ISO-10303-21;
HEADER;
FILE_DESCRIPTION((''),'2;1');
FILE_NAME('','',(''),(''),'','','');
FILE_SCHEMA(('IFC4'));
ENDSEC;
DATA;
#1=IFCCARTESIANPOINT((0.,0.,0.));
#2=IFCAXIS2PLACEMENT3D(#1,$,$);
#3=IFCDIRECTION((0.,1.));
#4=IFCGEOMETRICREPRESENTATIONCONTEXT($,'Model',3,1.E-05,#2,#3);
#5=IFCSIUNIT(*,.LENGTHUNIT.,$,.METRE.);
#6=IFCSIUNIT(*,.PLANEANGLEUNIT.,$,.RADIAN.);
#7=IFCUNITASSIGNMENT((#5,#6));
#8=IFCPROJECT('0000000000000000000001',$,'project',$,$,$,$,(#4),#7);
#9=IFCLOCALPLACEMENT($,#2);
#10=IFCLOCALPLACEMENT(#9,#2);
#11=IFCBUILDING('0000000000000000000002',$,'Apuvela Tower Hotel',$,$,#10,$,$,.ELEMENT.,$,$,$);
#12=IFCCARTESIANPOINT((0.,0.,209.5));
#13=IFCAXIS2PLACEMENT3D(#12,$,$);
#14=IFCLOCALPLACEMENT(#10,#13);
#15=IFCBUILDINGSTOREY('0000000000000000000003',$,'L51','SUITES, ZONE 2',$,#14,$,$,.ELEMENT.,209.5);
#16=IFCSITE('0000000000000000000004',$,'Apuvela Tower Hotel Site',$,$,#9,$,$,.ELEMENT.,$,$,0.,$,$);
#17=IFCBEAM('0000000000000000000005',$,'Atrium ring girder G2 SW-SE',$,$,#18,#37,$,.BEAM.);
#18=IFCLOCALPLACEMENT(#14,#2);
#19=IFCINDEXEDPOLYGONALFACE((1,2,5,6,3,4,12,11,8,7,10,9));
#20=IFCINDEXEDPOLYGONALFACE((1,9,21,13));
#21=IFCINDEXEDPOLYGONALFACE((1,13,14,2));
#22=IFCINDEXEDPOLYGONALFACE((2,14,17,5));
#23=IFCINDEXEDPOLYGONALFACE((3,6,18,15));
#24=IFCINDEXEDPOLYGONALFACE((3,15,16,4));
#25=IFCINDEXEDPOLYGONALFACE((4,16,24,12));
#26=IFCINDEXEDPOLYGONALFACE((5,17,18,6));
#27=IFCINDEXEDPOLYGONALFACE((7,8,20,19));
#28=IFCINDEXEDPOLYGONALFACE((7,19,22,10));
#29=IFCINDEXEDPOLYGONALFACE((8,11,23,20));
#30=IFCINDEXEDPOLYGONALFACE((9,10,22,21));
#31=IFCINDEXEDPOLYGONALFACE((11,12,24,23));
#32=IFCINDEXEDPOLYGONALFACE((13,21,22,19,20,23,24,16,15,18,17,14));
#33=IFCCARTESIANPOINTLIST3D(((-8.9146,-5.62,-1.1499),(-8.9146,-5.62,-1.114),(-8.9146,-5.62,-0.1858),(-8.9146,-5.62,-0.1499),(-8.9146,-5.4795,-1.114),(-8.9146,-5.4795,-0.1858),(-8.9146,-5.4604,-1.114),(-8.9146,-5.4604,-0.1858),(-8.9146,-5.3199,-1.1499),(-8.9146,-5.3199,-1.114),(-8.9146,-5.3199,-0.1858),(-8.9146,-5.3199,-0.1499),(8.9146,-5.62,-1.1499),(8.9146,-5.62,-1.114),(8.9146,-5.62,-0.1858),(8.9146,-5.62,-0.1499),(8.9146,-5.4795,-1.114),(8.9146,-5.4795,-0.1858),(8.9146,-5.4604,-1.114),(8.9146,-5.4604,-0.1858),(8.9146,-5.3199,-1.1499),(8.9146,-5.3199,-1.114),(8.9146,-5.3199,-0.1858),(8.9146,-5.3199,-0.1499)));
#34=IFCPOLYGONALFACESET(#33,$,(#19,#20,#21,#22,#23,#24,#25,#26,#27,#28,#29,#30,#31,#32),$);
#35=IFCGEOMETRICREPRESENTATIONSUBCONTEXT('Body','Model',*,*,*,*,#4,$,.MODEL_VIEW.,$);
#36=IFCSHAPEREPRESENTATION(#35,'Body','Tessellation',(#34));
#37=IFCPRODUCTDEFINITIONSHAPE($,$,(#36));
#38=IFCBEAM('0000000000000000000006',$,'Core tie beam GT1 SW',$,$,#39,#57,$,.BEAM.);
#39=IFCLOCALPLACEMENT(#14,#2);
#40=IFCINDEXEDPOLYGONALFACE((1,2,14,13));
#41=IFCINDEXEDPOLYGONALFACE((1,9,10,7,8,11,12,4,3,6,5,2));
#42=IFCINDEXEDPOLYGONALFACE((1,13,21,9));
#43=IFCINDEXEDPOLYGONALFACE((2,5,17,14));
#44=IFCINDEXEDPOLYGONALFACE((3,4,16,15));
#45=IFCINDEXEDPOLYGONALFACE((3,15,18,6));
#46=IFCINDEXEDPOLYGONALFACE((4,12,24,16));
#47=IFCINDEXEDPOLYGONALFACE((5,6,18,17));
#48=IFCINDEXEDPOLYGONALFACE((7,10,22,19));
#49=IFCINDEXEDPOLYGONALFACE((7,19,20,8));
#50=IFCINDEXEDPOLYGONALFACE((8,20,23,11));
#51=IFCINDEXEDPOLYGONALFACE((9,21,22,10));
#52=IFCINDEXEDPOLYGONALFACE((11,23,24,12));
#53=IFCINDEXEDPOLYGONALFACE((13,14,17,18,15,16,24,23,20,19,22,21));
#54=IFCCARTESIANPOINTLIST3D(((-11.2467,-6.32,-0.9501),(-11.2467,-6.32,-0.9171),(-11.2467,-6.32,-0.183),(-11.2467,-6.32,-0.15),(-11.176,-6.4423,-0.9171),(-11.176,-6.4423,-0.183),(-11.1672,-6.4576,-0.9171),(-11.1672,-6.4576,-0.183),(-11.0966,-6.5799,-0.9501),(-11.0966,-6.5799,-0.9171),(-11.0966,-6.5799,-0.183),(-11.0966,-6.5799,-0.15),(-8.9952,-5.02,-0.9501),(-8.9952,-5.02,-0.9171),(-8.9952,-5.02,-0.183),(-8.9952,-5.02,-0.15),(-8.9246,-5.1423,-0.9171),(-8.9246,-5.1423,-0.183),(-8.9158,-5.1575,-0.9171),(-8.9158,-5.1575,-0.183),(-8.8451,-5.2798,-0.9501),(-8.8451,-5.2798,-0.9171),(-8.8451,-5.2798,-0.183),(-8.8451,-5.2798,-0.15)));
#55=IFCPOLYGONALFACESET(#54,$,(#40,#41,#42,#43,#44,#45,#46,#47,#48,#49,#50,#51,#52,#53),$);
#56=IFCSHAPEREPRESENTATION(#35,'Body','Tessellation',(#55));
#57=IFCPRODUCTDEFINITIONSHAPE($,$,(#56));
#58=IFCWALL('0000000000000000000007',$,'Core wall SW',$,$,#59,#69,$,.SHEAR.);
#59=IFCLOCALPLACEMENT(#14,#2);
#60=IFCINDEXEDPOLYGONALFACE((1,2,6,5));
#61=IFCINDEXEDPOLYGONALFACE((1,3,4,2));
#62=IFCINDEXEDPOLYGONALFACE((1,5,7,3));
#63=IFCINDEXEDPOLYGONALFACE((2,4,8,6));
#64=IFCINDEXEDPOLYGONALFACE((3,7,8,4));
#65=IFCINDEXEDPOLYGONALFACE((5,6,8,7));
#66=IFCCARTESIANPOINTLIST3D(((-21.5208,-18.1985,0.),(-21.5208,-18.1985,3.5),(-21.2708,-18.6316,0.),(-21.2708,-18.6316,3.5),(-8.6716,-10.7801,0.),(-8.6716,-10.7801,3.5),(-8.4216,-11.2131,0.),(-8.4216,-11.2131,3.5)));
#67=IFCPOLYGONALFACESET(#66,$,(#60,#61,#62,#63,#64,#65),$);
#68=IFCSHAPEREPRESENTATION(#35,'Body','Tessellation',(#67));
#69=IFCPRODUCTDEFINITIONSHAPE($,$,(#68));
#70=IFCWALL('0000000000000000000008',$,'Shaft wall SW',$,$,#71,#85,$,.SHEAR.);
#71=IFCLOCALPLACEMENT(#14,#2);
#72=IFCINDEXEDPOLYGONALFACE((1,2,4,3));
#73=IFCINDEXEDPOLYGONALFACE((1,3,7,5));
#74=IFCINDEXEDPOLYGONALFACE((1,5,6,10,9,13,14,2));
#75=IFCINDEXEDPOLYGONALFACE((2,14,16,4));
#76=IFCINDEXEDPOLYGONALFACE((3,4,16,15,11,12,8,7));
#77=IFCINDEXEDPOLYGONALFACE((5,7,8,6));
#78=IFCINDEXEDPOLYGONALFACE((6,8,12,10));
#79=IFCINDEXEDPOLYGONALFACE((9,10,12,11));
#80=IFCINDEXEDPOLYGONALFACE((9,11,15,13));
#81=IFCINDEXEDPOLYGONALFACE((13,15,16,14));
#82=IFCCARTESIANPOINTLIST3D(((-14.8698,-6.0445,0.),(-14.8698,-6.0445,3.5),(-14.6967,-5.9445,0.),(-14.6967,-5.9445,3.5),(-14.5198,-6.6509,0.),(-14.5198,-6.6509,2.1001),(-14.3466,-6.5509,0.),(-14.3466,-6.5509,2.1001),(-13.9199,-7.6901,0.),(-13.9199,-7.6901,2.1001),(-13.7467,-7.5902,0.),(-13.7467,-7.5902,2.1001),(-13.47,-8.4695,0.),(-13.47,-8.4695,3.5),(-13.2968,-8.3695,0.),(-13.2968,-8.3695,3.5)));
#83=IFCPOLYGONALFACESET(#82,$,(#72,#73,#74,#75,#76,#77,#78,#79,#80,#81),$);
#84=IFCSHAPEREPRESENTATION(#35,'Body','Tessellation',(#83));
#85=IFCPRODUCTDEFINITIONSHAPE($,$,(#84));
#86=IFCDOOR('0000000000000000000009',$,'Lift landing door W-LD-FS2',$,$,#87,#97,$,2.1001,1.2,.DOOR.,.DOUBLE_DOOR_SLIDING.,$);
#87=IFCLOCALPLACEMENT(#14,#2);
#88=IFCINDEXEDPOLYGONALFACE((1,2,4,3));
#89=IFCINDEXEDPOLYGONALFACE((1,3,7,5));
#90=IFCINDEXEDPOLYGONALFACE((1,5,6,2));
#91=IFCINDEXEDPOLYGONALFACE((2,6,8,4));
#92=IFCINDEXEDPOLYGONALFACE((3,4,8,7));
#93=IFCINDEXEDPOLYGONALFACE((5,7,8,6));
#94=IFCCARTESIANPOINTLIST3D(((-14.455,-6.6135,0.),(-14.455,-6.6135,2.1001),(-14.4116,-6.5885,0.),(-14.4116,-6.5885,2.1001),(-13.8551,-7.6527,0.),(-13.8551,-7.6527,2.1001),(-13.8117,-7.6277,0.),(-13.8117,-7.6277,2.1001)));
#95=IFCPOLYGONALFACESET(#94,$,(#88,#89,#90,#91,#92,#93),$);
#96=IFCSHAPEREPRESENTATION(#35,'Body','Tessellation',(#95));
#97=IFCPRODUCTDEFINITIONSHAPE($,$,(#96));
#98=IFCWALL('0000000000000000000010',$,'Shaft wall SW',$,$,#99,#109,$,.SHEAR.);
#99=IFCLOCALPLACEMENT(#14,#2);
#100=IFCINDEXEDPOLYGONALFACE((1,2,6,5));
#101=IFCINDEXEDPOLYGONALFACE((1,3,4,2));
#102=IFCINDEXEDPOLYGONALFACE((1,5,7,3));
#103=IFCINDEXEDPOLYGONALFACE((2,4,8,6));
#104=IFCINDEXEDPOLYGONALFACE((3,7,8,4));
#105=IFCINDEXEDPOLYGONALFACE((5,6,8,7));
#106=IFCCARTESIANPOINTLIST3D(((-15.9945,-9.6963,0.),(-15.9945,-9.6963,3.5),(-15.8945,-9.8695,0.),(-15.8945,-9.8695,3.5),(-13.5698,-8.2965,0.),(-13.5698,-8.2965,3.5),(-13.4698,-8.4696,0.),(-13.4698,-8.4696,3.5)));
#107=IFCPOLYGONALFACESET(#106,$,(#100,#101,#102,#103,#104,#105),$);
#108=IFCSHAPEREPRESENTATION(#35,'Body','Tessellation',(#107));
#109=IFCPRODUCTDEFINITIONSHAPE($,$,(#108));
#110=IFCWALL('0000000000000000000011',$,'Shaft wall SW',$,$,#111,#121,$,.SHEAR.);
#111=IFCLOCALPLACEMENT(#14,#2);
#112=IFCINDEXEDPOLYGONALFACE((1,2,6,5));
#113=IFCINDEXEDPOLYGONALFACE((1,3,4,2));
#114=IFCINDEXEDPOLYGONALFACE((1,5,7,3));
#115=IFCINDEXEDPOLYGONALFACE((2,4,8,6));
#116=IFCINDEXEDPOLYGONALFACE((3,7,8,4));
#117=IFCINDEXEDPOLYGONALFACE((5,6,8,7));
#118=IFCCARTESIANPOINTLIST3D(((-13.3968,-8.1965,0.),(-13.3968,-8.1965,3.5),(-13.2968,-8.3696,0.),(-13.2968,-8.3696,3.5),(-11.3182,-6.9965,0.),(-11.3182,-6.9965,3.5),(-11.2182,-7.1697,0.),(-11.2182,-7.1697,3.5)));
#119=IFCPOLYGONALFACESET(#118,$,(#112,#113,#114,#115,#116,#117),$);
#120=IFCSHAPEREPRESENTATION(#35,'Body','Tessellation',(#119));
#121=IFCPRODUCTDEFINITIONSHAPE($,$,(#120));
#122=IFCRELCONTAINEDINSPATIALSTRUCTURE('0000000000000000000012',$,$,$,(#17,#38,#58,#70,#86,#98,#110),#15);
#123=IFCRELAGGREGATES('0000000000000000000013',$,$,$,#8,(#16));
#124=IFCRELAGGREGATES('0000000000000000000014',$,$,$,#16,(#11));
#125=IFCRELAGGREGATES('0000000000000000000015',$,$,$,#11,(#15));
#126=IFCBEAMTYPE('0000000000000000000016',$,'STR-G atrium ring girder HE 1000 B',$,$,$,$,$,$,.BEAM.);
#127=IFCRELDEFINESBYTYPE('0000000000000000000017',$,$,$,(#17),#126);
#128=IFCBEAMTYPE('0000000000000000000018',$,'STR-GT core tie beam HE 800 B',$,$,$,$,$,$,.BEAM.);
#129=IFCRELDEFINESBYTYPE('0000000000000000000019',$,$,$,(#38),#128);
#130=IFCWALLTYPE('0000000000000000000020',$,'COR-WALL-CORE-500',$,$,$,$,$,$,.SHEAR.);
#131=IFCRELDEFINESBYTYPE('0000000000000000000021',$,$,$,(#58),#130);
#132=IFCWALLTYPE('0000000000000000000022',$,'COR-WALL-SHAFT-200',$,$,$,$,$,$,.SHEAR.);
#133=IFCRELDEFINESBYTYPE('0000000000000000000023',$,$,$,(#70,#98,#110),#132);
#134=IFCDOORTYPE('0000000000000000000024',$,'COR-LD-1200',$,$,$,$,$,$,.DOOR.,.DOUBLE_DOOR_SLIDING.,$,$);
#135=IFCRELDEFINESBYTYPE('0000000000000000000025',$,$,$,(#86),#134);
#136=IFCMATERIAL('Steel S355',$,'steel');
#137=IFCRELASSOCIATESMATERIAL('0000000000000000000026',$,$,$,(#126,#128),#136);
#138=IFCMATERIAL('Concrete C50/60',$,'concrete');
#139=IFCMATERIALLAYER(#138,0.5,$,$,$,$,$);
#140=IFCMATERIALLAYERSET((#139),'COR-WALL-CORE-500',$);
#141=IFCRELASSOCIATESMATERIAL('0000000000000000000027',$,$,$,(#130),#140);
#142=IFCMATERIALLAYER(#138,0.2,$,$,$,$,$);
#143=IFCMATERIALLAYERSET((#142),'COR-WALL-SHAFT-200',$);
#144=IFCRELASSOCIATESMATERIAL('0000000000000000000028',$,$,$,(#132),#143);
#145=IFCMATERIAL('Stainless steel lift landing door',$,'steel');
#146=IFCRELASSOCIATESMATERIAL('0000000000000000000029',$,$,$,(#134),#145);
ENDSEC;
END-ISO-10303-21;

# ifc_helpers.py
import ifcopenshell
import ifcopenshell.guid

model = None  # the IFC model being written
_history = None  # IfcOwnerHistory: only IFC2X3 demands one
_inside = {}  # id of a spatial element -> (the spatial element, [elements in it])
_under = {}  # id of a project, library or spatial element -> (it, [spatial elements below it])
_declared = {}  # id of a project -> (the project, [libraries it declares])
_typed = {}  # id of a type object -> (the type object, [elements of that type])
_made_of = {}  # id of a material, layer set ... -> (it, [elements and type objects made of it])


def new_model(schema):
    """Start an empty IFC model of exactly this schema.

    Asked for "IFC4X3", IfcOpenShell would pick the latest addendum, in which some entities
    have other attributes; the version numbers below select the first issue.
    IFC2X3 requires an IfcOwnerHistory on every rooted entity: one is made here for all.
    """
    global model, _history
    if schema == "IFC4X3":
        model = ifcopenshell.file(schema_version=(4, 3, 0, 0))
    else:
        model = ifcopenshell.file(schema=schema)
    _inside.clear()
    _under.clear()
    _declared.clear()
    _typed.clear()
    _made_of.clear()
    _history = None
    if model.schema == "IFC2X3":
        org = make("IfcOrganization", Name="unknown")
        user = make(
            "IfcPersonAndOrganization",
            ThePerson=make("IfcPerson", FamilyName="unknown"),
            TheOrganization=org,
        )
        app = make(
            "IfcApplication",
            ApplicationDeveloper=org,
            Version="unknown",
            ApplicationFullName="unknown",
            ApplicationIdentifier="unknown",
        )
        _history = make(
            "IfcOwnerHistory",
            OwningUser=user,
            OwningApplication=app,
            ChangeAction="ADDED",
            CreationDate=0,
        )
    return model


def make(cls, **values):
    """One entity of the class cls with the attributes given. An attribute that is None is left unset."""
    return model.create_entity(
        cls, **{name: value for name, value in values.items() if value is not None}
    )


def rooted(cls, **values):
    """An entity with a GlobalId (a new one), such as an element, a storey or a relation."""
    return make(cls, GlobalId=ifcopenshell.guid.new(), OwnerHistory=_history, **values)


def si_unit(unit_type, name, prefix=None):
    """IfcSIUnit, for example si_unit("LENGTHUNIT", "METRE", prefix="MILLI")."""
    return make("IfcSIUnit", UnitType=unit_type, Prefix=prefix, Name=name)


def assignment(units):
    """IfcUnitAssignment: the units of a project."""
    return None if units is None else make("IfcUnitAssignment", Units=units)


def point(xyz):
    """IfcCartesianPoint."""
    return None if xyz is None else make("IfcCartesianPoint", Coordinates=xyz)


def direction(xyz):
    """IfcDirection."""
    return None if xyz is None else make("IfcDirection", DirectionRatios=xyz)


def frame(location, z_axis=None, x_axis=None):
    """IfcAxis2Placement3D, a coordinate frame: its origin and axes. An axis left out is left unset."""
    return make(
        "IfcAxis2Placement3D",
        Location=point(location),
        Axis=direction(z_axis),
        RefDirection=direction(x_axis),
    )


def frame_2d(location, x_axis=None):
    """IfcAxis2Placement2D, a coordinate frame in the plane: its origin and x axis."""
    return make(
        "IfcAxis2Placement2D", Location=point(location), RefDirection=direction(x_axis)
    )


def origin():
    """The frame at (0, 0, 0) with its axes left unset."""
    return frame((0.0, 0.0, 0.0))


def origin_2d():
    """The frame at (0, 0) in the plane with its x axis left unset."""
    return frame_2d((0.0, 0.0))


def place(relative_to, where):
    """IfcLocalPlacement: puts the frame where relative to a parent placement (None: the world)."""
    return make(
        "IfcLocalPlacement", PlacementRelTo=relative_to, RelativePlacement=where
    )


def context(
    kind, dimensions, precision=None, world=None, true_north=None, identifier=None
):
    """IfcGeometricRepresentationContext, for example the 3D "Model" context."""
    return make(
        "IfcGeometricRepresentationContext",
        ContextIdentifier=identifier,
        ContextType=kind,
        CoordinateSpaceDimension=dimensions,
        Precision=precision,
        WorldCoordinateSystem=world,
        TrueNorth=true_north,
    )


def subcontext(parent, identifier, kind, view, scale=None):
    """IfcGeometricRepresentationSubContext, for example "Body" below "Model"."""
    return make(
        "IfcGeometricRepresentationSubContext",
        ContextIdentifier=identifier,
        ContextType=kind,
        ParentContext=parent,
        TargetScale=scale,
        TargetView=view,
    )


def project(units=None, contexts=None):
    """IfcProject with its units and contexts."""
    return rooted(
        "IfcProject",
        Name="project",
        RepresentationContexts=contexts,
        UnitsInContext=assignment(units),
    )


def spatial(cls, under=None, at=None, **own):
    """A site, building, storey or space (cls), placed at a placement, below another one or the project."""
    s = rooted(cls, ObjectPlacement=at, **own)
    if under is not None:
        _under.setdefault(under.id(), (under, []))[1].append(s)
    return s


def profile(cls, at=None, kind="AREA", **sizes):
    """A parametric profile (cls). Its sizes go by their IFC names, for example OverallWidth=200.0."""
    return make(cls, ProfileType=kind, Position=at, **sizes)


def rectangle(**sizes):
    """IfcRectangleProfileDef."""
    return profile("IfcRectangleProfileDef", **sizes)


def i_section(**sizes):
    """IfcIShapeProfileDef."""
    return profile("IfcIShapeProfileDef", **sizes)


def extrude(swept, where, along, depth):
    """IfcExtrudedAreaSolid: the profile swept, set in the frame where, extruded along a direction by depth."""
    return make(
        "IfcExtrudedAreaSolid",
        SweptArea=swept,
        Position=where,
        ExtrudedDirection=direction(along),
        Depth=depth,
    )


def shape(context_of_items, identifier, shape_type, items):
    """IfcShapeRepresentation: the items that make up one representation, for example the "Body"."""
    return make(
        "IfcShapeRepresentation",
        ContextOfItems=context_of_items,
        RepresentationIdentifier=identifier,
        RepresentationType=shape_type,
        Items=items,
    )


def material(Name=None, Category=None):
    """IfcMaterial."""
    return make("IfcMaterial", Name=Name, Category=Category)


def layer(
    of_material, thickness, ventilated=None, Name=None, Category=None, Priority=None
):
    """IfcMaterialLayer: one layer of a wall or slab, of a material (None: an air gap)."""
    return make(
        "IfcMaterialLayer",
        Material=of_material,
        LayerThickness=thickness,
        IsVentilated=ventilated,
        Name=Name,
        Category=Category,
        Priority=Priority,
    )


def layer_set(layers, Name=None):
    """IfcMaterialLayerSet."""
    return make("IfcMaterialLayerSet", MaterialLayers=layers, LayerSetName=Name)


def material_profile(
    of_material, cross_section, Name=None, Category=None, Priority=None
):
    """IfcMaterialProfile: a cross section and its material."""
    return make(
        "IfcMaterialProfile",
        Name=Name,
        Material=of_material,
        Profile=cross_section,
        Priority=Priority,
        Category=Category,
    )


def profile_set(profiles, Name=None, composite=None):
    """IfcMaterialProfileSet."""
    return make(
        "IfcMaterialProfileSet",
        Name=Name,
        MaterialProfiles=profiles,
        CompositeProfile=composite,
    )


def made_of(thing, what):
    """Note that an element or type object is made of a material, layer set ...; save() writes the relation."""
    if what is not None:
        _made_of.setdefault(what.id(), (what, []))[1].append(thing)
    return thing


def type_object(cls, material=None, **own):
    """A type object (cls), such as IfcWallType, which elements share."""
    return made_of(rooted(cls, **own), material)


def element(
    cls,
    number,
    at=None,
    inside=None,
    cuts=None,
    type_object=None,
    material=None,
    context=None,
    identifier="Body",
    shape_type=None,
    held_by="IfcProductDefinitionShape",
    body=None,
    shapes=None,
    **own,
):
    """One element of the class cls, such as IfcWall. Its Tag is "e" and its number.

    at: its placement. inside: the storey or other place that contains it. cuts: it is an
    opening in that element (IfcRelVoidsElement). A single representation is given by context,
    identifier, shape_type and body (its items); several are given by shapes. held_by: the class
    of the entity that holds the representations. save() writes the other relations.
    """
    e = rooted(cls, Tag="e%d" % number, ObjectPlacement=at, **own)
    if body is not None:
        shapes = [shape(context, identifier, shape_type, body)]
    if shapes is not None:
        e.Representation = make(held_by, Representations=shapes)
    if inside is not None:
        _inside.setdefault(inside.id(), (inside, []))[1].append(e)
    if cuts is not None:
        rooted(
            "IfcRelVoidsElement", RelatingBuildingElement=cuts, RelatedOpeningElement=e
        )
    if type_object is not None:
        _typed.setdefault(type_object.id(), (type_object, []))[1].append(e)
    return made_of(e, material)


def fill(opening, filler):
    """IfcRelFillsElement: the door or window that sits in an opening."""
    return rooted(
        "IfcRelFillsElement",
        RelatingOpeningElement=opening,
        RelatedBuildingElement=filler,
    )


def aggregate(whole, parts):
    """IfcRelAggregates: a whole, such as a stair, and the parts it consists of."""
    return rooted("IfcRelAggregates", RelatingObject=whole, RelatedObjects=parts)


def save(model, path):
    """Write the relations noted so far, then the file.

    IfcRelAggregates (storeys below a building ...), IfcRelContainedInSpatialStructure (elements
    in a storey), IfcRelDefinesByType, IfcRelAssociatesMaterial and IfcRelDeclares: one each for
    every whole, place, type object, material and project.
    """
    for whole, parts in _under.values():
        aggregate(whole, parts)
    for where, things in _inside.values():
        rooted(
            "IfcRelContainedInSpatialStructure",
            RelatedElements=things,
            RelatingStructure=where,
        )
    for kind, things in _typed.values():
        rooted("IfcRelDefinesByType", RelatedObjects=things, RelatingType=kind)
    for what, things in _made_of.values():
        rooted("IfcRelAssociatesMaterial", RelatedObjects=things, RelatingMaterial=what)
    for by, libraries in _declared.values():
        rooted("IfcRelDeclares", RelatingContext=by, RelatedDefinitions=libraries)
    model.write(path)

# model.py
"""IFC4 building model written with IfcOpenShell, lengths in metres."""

from ifc_helpers import new_model, si_unit, direction, frame, frame_2d, origin, origin_2d, place, context, subcontext, project, spatial, rectangle, i_section, extrude, material, layer, layer_set, material_profile, profile_set, type_object, element, fill, save


model = new_model("IFC4")

# Units and contexts
model_context = context("Model", 3, precision=1e-05, world=origin(), true_north=direction((0.0, 1.0)))
body_context = subcontext(model_context, "Body", "Model", "MODEL_VIEW")
ifc_project = project(units=[si_unit("LENGTHUNIT", "METRE"), si_unit("PLANEANGLEUNIT", "RADIAN")], contexts=[model_context])

# Site, building, storey
site_placement = place(None, origin())
site = spatial("IfcSite", under=ifc_project, at=site_placement, Name="Apuvela Tower Hotel Site", CompositionType="ELEMENT", RefElevation=0.0)
building_placement = place(site_placement, origin())
building = spatial("IfcBuilding", under=site, at=building_placement, Name="Apuvela Tower Hotel", CompositionType="ELEMENT")
storey_placement = place(building_placement, frame((0.0, 0.0, 209.5)))
storey = spatial("IfcBuildingStorey", under=building, at=storey_placement, Name="L51", Description="SUITES, ZONE 2", CompositionType="ELEMENT", Elevation=209.5)

# Beams
ifc_material_1 = material(Name="Steel S355", Category="steel")
ifc_material_profile_1 = material_profile(ifc_material_1, i_section(OverallWidth=0.3, OverallDepth=1.0, WebThickness=0.019, FlangeThickness=0.0359, at=origin_2d()), Name="HE 1000 B")
ifc_profile_set_1 = profile_set([ifc_material_profile_1], Name="Steel S355")
beam_type_1 = type_object("IfcBeamType", Name="STR-G atrium ring girder HE 1000 B", PredefinedType="BEAM", material=ifc_profile_set_1)
beam_1_placement = place(storey_placement, frame((-8.9146, -5.47, -0.6499), z_axis=(1.0, 0.0, 0.0), x_axis=(0.0, 1.0, 0.0)))
element("IfcBeam", 1, at=beam_1_placement, inside=storey, type_object=beam_type_1, Name="Atrium ring girder G2 SW-SE", PredefinedType="BEAM", context=body_context, shape_type="SweptSolid", body=[
    extrude(i_section(OverallWidth=0.3, OverallDepth=1.0, WebThickness=0.019, FlangeThickness=0.0359, at=origin_2d()), origin(), (0.0, 0.0, 1.0), 17.8291),
])
ifc_material_profile_2 = material_profile(ifc_material_1, i_section(OverallWidth=0.3, OverallDepth=0.8, WebThickness=0.0176, FlangeThickness=0.033, at=origin_2d()), Name="HE 800 B")
ifc_profile_set_2 = profile_set([ifc_material_profile_2], Name="Steel S355")
beam_type_2 = type_object("IfcBeamType", Name="STR-GT core tie beam HE 800 B", PredefinedType="BEAM", material=ifc_profile_set_2)
beam_2_placement = place(storey_placement, frame((-11.1716, -6.45, -0.55), z_axis=(0.865998, 0.500048, 0.0), x_axis=(-0.500048, 0.865998, 0.0)))
element("IfcBeam", 2, at=beam_2_placement, inside=storey, type_object=beam_type_2, Name="Core tie beam GT1 SW", PredefinedType="BEAM", context=body_context, shape_type="SweptSolid", body=[
    extrude(i_section(OverallWidth=0.3, OverallDepth=0.8, WebThickness=0.0176, FlangeThickness=0.033, at=origin_2d()), origin(), (0.0, 0.0, 1.0), 2.5999),
])

# Wall
ifc_material_2 = material(Name="Concrete C50/60", Category="concrete")
ifc_layer_1 = layer(ifc_material_2, 0.5)
ifc_layer_set_1 = layer_set([ifc_layer_1], Name="COR-WALL-CORE-500")
wall_type_1 = type_object("IfcWallType", Name="COR-WALL-CORE-500", PredefinedType="SHEAR", material=ifc_layer_set_1)
wall_1_placement = place(storey_placement, frame((-8.5466, -10.9966, 0.0), z_axis=(0.0, 0.0, 1.0), x_axis=(-0.866025, -0.500001, 0.0)))
element("IfcWall", 3, at=wall_1_placement, inside=storey, type_object=wall_type_1, Name="Core wall SW", PredefinedType="SHEAR", context=body_context, shape_type="SweptSolid", body=[
    extrude(rectangle(XDim=14.8369, YDim=0.5, at=frame_2d((7.4185, 0.0))), origin(), (0.0, 0.0, 1.0), 3.5),
])

# Wall, opening, door
ifc_layer_2 = layer(ifc_material_2, 0.2)
ifc_layer_set_2 = layer_set([ifc_layer_2], Name="COR-WALL-SHAFT-200")
wall_type_2 = type_object("IfcWallType", Name="COR-WALL-SHAFT-200", PredefinedType="SHEAR", material=ifc_layer_set_2)
wall_2_placement = place(storey_placement, frame((-14.7832, -5.9946, 0.0), z_axis=(0.0, 0.0, 1.0), x_axis=(0.499946, -0.866056, 0.0)))
wall_2 = element("IfcWall", 4, at=wall_2_placement, inside=storey, type_object=wall_type_2, Name="Shaft wall SW", PredefinedType="SHEAR", context=body_context, shape_type="SweptSolid", body=[
    extrude(rectangle(XDim=2.8, YDim=0.2, at=frame_2d((1.3999, 0.0))), origin(), (0.0, 0.0, 1.0), 3.5),
])
opening_1_placement = place(wall_2_placement, frame((0.7, 0.0, 0.0)))
opening_1 = element("IfcOpeningElement", 5, at=opening_1_placement, cuts=wall_2, PredefinedType="OPENING", context=body_context, shape_type="SweptSolid", body=[
    extrude(rectangle(XDim=1.2, YDim=2.1001, at=frame_2d((0.6001, 1.05))), frame((0.0, 0.1099, 0.0), z_axis=(0.0, -1.0, 0.0), x_axis=(1.0, 0.0, 0.0)), (0.0, 0.0, 1.0), 0.22),
])
ifc_material_3 = material(Name="Stainless steel lift landing door", Category="steel")
door_type_1 = type_object("IfcDoorType", Name="COR-LD-1200", OperationType="DOUBLE_DOOR_SLIDING", PredefinedType="DOOR", material=ifc_material_3)
door_1_placement = place(opening_1_placement, origin())
door_1 = element("IfcDoor", 6, at=door_1_placement, inside=storey, type_object=door_type_1, Name="Lift landing door W-LD-FS2", OperationType="DOUBLE_DOOR_SLIDING", OverallHeight=2.1001, OverallWidth=1.2, PredefinedType="DOOR", context=body_context, shape_type="SweptSolid", body=[
    extrude(rectangle(XDim=1.2, YDim=2.1001, at=frame_2d((0.6001, 1.05))), frame((0.0, 0.0249, 0.0), z_axis=(0.0, -1.0, 0.0), x_axis=(1.0, 0.0, 0.0)), (0.0, 0.0, 1.0), 0.05),
])
fill(opening_1, door_1)

# Walls
wall_3_placement = place(storey_placement, frame((-13.5198, -8.3831, 0.0), z_axis=(0.0, 0.0, 1.0), x_axis=(-0.866035, -0.499984, 0.0)))
element("IfcWall", 7, at=wall_3_placement, inside=storey, type_object=wall_type_2, Name="Shaft wall SW", PredefinedType="SHEAR", context=body_context, shape_type="SweptSolid", body=[
    extrude(rectangle(XDim=2.7998, YDim=0.2, at=frame_2d((1.3999, 0.0))), origin(), (0.0, 0.0, 1.0), 3.5),
])
wall_4_placement = place(storey_placement, frame((-11.2681, -7.083, 0.0), z_axis=(0.0, 0.0, 1.0), x_axis=(-0.86605, -0.499957, 0.0)))
element("IfcWall", 8, at=wall_4_placement, inside=storey, type_object=wall_type_2, Name="Shaft wall SW", PredefinedType="SHEAR", context=body_context, shape_type="SweptSolid", body=[
    extrude(rectangle(XDim=2.4001, YDim=0.2, at=frame_2d((1.2002, 0.0))), origin(), (0.0, 0.0, 1.0), 3.5),
])

save(model, "model.ifc")
